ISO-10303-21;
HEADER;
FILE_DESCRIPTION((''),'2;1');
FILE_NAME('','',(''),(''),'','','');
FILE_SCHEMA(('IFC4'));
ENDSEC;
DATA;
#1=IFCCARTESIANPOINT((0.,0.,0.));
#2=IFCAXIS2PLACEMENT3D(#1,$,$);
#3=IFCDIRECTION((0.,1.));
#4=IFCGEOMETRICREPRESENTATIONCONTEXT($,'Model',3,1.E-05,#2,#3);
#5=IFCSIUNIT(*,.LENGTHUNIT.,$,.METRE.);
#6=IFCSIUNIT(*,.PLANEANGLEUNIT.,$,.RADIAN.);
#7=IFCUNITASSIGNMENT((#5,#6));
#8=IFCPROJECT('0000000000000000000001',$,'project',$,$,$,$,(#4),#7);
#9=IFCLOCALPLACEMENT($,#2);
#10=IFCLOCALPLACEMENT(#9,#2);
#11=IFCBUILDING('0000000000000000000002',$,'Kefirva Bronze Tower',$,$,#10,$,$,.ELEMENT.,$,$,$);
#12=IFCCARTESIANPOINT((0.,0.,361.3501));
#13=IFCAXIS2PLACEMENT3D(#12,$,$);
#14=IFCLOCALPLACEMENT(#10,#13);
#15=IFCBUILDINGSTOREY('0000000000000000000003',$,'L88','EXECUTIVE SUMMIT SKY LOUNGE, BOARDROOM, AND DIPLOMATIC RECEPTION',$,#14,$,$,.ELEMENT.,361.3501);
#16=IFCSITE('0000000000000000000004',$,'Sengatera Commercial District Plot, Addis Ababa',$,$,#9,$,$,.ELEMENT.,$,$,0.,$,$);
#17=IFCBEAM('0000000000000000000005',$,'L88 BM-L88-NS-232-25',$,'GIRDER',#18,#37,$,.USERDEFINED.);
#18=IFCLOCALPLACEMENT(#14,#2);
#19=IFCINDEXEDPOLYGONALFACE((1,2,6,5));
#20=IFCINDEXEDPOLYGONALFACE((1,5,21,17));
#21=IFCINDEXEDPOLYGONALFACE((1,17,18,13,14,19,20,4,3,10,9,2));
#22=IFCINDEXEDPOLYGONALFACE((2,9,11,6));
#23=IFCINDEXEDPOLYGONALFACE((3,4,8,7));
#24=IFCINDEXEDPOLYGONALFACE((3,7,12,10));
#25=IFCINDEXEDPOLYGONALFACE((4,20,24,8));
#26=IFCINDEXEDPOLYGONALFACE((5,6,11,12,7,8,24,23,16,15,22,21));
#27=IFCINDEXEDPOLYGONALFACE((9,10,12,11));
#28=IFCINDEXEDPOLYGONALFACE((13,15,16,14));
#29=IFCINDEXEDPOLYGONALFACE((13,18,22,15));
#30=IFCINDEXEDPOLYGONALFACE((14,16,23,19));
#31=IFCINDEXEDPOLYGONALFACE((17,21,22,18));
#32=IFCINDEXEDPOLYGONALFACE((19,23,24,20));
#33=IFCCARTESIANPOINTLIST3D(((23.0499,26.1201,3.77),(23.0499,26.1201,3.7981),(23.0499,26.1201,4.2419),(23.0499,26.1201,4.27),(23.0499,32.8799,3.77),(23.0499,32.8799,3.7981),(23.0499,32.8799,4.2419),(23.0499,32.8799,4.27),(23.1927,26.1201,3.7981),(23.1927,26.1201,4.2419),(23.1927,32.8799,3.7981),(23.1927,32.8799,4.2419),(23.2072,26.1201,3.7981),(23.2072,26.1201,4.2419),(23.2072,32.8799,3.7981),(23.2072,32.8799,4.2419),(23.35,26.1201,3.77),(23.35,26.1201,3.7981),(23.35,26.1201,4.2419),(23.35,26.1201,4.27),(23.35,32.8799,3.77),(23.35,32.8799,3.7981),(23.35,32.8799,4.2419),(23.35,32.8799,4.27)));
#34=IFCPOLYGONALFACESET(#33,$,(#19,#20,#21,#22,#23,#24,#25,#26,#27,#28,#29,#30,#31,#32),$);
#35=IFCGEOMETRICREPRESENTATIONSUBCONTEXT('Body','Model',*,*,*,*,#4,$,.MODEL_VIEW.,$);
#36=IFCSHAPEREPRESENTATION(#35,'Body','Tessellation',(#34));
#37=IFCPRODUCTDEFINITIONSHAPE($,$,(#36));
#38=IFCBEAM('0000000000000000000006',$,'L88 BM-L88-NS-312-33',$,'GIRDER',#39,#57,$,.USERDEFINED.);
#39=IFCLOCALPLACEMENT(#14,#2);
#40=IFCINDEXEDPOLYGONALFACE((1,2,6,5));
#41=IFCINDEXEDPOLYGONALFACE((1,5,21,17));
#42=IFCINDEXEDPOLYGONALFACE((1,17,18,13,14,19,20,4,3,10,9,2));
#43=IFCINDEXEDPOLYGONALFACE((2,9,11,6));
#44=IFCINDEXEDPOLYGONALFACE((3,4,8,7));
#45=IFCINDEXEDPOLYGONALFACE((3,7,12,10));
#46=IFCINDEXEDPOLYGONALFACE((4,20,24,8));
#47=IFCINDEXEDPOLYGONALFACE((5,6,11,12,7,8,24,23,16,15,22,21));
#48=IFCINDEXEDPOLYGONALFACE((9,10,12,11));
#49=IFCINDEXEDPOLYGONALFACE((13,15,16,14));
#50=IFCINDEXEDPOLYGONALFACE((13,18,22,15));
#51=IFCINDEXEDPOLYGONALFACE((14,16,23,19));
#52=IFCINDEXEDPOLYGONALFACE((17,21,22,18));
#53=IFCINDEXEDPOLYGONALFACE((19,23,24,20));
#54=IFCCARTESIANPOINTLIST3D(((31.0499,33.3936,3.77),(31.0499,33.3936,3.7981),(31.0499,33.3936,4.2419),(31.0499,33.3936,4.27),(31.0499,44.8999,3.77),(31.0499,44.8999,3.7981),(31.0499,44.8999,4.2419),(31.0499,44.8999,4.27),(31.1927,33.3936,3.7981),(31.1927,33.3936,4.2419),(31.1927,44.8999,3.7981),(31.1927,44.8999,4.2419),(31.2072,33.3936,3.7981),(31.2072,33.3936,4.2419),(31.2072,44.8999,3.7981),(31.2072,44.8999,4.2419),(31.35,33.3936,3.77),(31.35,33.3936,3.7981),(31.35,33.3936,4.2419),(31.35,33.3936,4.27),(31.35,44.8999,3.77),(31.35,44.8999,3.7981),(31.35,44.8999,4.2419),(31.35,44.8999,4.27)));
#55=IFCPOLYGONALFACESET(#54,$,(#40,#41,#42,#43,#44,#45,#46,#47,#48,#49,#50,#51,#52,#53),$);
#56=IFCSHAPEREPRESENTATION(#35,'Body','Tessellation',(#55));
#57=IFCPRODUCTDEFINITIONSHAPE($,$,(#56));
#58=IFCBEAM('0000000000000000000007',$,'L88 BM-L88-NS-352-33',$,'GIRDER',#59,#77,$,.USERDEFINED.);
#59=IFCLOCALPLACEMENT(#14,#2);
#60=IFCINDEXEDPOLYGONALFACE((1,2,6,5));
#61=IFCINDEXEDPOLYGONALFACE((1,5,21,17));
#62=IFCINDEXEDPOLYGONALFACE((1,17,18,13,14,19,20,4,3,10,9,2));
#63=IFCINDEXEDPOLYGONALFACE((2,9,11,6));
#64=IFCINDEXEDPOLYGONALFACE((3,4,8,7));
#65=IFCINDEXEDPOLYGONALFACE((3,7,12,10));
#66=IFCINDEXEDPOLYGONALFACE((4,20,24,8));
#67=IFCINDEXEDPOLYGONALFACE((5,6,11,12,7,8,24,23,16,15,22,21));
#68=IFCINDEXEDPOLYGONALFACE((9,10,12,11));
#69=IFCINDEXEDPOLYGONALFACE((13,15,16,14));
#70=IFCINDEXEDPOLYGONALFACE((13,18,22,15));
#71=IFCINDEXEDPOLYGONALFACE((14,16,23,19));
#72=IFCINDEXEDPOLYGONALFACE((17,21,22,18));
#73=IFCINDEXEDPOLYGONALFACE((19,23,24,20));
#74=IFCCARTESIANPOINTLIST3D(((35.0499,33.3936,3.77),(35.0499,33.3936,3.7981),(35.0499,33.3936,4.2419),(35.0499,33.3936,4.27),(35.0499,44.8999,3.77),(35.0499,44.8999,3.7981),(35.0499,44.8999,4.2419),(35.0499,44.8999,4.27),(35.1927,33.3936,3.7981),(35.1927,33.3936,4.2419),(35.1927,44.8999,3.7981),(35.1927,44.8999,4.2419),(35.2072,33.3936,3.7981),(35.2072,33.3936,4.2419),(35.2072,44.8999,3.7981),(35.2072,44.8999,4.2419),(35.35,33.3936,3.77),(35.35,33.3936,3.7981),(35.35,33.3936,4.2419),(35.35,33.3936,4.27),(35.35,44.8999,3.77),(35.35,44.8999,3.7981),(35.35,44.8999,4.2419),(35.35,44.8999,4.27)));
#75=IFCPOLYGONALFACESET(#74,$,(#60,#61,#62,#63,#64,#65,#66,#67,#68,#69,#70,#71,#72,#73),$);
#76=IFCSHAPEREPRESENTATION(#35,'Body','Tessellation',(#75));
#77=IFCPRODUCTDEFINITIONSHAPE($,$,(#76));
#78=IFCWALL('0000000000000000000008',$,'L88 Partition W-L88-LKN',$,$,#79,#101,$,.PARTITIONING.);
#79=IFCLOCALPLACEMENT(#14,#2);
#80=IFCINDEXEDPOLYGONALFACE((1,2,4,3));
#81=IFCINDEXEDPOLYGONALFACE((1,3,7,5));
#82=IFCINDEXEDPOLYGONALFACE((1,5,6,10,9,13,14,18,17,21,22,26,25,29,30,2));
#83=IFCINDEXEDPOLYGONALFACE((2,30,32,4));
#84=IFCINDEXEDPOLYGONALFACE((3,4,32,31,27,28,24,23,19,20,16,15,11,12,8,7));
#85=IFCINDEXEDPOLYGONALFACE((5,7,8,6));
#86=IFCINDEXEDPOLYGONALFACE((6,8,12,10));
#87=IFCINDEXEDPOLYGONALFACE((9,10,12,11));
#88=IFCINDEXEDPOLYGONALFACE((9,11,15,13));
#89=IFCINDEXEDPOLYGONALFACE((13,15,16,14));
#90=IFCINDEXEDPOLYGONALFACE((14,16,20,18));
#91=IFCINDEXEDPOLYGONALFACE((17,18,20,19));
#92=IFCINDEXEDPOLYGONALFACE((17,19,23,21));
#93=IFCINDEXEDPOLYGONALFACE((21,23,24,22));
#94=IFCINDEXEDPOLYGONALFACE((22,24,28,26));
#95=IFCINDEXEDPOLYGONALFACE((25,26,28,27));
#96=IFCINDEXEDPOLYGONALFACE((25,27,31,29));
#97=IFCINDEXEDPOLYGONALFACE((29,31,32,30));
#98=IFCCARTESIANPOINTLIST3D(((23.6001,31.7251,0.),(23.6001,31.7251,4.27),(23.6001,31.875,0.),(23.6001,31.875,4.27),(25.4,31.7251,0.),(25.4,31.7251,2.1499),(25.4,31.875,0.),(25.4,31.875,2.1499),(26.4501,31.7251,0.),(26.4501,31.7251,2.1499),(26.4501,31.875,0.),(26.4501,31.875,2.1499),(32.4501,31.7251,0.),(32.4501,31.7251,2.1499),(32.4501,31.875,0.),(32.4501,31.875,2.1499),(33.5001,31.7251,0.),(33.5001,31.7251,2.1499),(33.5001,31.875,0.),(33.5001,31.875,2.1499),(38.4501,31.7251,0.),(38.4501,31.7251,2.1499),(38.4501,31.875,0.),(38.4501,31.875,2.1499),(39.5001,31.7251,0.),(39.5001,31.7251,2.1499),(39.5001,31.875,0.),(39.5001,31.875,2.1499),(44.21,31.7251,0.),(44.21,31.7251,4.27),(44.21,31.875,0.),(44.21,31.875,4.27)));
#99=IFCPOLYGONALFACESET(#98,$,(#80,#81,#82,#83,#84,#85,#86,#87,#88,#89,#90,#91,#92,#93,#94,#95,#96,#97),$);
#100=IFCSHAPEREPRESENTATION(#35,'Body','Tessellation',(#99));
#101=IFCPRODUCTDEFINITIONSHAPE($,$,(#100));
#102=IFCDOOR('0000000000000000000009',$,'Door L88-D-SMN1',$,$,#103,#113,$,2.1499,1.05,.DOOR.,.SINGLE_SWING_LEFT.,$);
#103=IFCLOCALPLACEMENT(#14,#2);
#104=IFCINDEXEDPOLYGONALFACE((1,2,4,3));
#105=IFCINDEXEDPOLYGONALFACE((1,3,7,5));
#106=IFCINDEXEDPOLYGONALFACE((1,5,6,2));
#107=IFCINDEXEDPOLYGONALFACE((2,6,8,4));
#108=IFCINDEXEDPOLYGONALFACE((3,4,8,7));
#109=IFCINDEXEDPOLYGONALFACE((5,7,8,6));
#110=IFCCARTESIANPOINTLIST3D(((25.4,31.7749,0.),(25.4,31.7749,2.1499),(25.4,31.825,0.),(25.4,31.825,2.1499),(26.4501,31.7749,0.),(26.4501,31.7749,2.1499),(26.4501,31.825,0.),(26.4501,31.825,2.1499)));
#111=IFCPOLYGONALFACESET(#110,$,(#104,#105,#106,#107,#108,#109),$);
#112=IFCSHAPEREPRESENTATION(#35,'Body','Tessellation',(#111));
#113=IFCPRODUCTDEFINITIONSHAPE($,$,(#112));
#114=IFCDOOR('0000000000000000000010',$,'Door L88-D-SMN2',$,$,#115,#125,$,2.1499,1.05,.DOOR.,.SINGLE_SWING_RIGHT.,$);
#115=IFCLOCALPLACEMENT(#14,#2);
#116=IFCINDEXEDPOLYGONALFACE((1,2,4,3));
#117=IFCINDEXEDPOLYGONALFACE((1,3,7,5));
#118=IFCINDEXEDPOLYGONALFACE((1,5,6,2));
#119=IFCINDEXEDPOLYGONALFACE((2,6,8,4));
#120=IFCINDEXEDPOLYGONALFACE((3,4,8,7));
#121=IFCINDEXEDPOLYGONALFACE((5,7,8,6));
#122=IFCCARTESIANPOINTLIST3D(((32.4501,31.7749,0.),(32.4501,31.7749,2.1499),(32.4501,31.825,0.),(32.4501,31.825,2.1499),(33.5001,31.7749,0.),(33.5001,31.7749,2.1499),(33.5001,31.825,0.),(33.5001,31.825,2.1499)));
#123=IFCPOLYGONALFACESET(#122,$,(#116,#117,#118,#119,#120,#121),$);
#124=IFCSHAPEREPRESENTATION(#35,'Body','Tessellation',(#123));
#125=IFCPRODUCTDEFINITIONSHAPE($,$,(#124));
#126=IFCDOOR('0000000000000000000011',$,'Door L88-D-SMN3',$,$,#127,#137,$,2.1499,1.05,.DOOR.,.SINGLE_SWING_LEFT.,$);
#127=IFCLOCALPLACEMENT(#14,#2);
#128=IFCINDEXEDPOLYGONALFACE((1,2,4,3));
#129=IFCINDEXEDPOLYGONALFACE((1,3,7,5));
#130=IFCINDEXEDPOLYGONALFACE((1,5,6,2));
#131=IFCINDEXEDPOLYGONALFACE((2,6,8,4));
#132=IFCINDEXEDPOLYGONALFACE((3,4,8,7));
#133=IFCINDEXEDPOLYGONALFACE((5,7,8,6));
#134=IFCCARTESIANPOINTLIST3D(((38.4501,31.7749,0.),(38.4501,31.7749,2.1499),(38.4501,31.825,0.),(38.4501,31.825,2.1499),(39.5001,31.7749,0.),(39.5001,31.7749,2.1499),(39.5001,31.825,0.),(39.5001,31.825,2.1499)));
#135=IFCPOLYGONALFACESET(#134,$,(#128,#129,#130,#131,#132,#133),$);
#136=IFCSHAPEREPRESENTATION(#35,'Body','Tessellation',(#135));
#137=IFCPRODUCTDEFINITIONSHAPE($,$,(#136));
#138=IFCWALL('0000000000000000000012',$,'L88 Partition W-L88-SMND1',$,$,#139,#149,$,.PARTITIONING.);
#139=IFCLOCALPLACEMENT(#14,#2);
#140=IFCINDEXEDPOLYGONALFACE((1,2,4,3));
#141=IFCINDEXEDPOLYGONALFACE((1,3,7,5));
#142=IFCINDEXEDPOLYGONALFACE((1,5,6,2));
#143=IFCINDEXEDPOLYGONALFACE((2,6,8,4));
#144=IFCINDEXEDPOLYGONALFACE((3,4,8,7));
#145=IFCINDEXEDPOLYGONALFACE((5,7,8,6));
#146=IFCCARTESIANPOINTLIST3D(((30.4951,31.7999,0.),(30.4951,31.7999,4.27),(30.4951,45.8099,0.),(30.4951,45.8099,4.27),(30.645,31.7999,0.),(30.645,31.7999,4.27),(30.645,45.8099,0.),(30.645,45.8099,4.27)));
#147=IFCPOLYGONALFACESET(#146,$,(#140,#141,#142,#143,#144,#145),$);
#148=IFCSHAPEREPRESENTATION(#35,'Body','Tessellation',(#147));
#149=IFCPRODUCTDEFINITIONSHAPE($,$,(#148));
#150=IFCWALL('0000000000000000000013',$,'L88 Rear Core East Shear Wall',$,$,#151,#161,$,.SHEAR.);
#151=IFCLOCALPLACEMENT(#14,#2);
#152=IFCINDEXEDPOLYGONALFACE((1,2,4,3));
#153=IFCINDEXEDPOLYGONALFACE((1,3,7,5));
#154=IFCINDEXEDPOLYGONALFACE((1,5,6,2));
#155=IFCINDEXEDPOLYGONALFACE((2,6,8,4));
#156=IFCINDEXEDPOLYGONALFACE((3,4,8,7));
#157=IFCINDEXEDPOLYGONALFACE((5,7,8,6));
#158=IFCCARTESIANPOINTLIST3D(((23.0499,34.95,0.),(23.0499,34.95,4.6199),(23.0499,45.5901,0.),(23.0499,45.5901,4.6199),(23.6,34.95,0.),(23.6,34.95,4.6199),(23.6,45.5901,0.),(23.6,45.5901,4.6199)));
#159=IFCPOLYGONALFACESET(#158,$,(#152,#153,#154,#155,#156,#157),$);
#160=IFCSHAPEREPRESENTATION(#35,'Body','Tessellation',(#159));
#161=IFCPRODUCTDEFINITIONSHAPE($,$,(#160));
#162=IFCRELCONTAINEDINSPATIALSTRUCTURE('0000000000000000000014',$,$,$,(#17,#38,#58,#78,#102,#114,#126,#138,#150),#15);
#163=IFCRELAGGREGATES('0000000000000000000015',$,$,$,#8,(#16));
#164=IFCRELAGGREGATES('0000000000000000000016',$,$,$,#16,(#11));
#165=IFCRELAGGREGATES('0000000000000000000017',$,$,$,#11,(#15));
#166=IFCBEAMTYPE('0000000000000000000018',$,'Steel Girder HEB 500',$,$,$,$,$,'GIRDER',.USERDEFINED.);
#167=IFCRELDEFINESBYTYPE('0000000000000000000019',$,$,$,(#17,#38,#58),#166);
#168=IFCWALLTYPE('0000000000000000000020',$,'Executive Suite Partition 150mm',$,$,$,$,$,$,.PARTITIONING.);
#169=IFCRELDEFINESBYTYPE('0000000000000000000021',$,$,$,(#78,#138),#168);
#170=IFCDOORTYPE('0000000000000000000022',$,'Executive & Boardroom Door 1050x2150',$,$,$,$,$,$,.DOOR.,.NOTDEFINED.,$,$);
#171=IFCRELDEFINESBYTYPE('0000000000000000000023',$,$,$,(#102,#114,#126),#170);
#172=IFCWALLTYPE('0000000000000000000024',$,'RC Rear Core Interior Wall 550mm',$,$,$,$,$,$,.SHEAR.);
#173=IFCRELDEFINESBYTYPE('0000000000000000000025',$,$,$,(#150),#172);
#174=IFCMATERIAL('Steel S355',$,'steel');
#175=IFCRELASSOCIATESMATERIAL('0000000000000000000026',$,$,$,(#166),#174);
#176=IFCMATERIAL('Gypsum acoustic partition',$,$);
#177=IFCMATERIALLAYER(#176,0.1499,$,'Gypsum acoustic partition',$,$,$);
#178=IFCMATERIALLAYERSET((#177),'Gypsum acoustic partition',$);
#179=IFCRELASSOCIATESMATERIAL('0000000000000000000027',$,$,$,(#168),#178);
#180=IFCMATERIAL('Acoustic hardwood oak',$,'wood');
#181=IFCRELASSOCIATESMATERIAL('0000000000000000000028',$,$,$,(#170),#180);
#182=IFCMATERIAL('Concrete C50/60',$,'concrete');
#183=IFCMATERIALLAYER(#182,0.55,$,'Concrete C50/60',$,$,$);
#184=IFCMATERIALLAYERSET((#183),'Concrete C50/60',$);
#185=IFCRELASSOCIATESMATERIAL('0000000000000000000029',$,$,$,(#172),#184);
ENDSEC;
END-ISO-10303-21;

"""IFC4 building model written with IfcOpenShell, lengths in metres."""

from ifc_helpers import new_model, si_unit, direction, frame, frame_2d, origin, origin_2d, place, context, subcontext, project, spatial, rectangle, i_section, extrude, material, layer, layer_set, material_profile, profile_set, type_object, element, fill, save


model = new_model("IFC4")

# Units and contexts
model_context = context("Model", 3, precision=1e-05, world=origin(), true_north=direction((0.0, 1.0)))
body_context = subcontext(model_context, "Body", "Model", "MODEL_VIEW")
ifc_project = project(units=[si_unit("LENGTHUNIT", "METRE"), si_unit("PLANEANGLEUNIT", "RADIAN")], contexts=[model_context])

# Site, building, storey
site_placement = place(None, origin())
site = spatial("IfcSite", under=ifc_project, at=site_placement, Name="Sengatera Commercial District Plot, Addis Ababa", CompositionType="ELEMENT", RefElevation=0.0)
building_placement = place(site_placement, origin())
building = spatial("IfcBuilding", under=site, at=building_placement, Name="Kefirva Bronze Tower", CompositionType="ELEMENT")
storey_placement = place(building_placement, frame((0.0, 0.0, 361.3501)))
storey = spatial("IfcBuildingStorey", under=building, at=storey_placement, Name="L88", Description="EXECUTIVE SUMMIT SKY LOUNGE, BOARDROOM, AND DIPLOMATIC RECEPTION", CompositionType="ELEMENT", Elevation=361.3501)

# Shared definitions
ifc_material_1 = material(Name="Concrete C50/60", Category="concrete")

# Beams
ifc_material_2 = material(Name="Steel S355", Category="steel")
ifc_material_profile_1 = material_profile(ifc_material_2, i_section(OverallWidth=0.3, OverallDepth=0.5, WebThickness=0.0144, FlangeThickness=0.0281, at=origin_2d()), Name="HEB 500")
ifc_profile_set_1 = profile_set([ifc_material_profile_1], Name="Steel S355")
beam_type_1 = type_object("IfcBeamType", Name="Steel Girder HEB 500", ElementType="GIRDER", PredefinedType="USERDEFINED", material=ifc_profile_set_1)
beam_1_placement = place(storey_placement, frame((23.2, 26.1201, 4.02), z_axis=(0.0, 1.0, 0.0), x_axis=(-1.0, 0.0, 0.0)))
element("IfcBeam", 1, at=beam_1_placement, inside=storey, type_object=beam_type_1, Name="L88 BM-L88-NS-232-25", ObjectType="GIRDER", PredefinedType="USERDEFINED", context=body_context, shape_type="SweptSolid", body=[
    extrude(i_section(OverallWidth=0.3, OverallDepth=0.5, WebThickness=0.0144, FlangeThickness=0.0281, at=origin_2d()), origin(), (0.0, 0.0, 1.0), 6.7598),
])
for number, where, z_axis, x_axis, name in (
    (2, (31.2, 33.3936, 4.02), (0.0, 1.0, 0.0), (-1.0, 0.0, 0.0), "L88 BM-L88-NS-312-33"),
    (3, (35.2, 33.3936, 4.02), (0.0, 1.0, 0.0), (-1.0, 0.0, 0.0), "L88 BM-L88-NS-352-33"),
):
    element("IfcBeam", number, at=place(storey_placement, frame(where, z_axis=z_axis, x_axis=x_axis)), inside=storey, type_object=beam_type_1, Name=name, ObjectType="GIRDER", PredefinedType="USERDEFINED", context=body_context, shape_type="SweptSolid", body=[
        extrude(i_section(OverallWidth=0.3, OverallDepth=0.5, WebThickness=0.0144, FlangeThickness=0.0281, at=origin_2d()), origin(), (0.0, 0.0, 1.0), 11.5063),
    ])

# Wall, openings, doors
ifc_material_3 = material(Name="Gypsum acoustic partition")
ifc_layer_1 = layer(ifc_material_3, 0.1499, Name="Gypsum acoustic partition")
ifc_layer_set_1 = layer_set([ifc_layer_1], Name="Gypsum acoustic partition")
wall_type_1 = type_object("IfcWallType", Name="Executive Suite Partition 150mm", PredefinedType="PARTITIONING", material=ifc_layer_set_1)
wall_1_placement = place(storey_placement, frame((23.6001, 31.8, 0.0), z_axis=(0.0, 0.0, 1.0), x_axis=(1.0, 0.0, 0.0)))
wall_1 = element("IfcWall", 4, at=wall_1_placement, inside=storey, type_object=wall_type_1, Name="L88 Partition W-L88-LKN", PredefinedType="PARTITIONING", context=body_context, shape_type="SweptSolid", body=[
    extrude(rectangle(XDim=20.6099, YDim=0.1499, at=frame_2d((10.3049, 0.0))), origin(), (0.0, 0.0, 1.0), 4.27),
])
opening_1_placement = place(wall_1_placement, frame((1.8, 0.0, 0.0)))
opening_1 = element("IfcOpeningElement", 5, at=opening_1_placement, cuts=wall_1, PredefinedType="OPENING", context=body_context, shape_type="SweptSolid", body=[
    extrude(rectangle(XDim=1.05, YDim=2.1499, at=frame_2d((0.5249, 1.075))), frame((0.0, 0.085, 0.0), z_axis=(0.0, -1.0, 0.0), x_axis=(1.0, 0.0, 0.0)), (0.0, 0.0, 1.0), 0.1699),
])
opening_2_placement = place(wall_1_placement, frame((8.8501, 0.0, 0.0)))
opening_2 = element("IfcOpeningElement", 6, at=opening_2_placement, cuts=wall_1, PredefinedType="OPENING", context=body_context, shape_type="SweptSolid", body=[
    extrude(rectangle(XDim=1.05, YDim=2.1499, at=frame_2d((0.5249, 1.075))), frame((0.0, 0.085, 0.0), z_axis=(0.0, -1.0, 0.0), x_axis=(1.0, 0.0, 0.0)), (0.0, 0.0, 1.0), 0.1699),
])
opening_3_placement = place(wall_1_placement, frame((14.8501, 0.0, 0.0)))
opening_3 = element("IfcOpeningElement", 7, at=opening_3_placement, cuts=wall_1, PredefinedType="OPENING", context=body_context, shape_type="SweptSolid", body=[
    extrude(rectangle(XDim=1.05, YDim=2.1499, at=frame_2d((0.5249, 1.075))), frame((0.0, 0.085, 0.0), z_axis=(0.0, -1.0, 0.0), x_axis=(1.0, 0.0, 0.0)), (0.0, 0.0, 1.0), 0.1699),
])
ifc_material_4 = material(Name="Acoustic hardwood oak", Category="wood")
door_type = type_object("IfcDoorType", Name="Executive & Boardroom Door 1050x2150", OperationType="NOTDEFINED", PredefinedType="DOOR", material=ifc_material_4)
door_1_placement = place(opening_1_placement, origin())
door_1 = element("IfcDoor", 8, at=door_1_placement, inside=storey, type_object=door_type, Name="Door L88-D-SMN1", OperationType="SINGLE_SWING_LEFT", OverallHeight=2.1499, OverallWidth=1.05, PredefinedType="DOOR", context=body_context, shape_type="SweptSolid", body=[
    extrude(rectangle(XDim=1.05, YDim=2.1499, at=frame_2d((0.5249, 1.075))), frame((0.0, 0.0249, 0.0), z_axis=(0.0, -1.0, 0.0), x_axis=(1.0, 0.0, 0.0)), (0.0, 0.0, 1.0), 0.05),
])
fill(opening_1, door_1)
door_2_placement = place(opening_2_placement, origin())
door_2 = element("IfcDoor", 9, at=door_2_placement, inside=storey, type_object=door_type, Name="Door L88-D-SMN2", OperationType="SINGLE_SWING_RIGHT", OverallHeight=2.1499, OverallWidth=1.05, PredefinedType="DOOR", context=body_context, shape_type="SweptSolid", body=[
    extrude(rectangle(XDim=1.05, YDim=2.1499, at=frame_2d((0.5249, 1.075))), frame((0.0, 0.0249, 0.0), z_axis=(0.0, -1.0, 0.0), x_axis=(1.0, 0.0, 0.0)), (0.0, 0.0, 1.0), 0.05),
])
fill(opening_2, door_2)
door_3_placement = place(opening_3_placement, origin())
door_3 = element("IfcDoor", 10, at=door_3_placement, inside=storey, type_object=door_type, Name="Door L88-D-SMN3", OperationType="SINGLE_SWING_LEFT", OverallHeight=2.1499, OverallWidth=1.05, PredefinedType="DOOR", context=body_context, shape_type="SweptSolid", body=[
    extrude(rectangle(XDim=1.05, YDim=2.1499, at=frame_2d((0.5249, 1.075))), frame((0.0, 0.0249, 0.0), z_axis=(0.0, -1.0, 0.0), x_axis=(1.0, 0.0, 0.0)), (0.0, 0.0, 1.0), 0.05),
])
fill(opening_3, door_3)

# Walls
wall_2_placement = place(storey_placement, frame((30.5701, 31.8, 0.0), z_axis=(0.0, 0.0, 1.0), x_axis=(0.0, 1.0, 0.0)))
element("IfcWall", 11, at=wall_2_placement, inside=storey, type_object=wall_type_1, Name="L88 Partition W-L88-SMND1", PredefinedType="PARTITIONING", context=body_context, shape_type="SweptSolid", body=[
    extrude(rectangle(XDim=14.01, YDim=0.1499, at=frame_2d((7.0049, 0.0))), origin(), (0.0, 0.0, 1.0), 4.27),
])
ifc_layer_2 = layer(ifc_material_1, 0.55, Name="Concrete C50/60")
ifc_layer_set_2 = layer_set([ifc_layer_2], Name="Concrete C50/60")
wall_type_2 = type_object("IfcWallType", Name="RC Rear Core Interior Wall 550mm", PredefinedType="SHEAR", material=ifc_layer_set_2)
wall_3_placement = place(storey_placement, frame((23.325, 34.95, 0.0), z_axis=(0.0, 0.0, 1.0), x_axis=(0.0, 1.0, 0.0)))
element("IfcWall", 12, at=wall_3_placement, inside=storey, type_object=wall_type_2, Name="L88 Rear Core East Shear Wall", PredefinedType="SHEAR", context=body_context, shape_type="SweptSolid", body=[
    extrude(rectangle(XDim=10.6401, YDim=0.55, at=frame_2d((5.3201, 0.0))), origin(), (0.0, 0.0, 1.0), 4.6199),
])

save(model, "model.ifc")
